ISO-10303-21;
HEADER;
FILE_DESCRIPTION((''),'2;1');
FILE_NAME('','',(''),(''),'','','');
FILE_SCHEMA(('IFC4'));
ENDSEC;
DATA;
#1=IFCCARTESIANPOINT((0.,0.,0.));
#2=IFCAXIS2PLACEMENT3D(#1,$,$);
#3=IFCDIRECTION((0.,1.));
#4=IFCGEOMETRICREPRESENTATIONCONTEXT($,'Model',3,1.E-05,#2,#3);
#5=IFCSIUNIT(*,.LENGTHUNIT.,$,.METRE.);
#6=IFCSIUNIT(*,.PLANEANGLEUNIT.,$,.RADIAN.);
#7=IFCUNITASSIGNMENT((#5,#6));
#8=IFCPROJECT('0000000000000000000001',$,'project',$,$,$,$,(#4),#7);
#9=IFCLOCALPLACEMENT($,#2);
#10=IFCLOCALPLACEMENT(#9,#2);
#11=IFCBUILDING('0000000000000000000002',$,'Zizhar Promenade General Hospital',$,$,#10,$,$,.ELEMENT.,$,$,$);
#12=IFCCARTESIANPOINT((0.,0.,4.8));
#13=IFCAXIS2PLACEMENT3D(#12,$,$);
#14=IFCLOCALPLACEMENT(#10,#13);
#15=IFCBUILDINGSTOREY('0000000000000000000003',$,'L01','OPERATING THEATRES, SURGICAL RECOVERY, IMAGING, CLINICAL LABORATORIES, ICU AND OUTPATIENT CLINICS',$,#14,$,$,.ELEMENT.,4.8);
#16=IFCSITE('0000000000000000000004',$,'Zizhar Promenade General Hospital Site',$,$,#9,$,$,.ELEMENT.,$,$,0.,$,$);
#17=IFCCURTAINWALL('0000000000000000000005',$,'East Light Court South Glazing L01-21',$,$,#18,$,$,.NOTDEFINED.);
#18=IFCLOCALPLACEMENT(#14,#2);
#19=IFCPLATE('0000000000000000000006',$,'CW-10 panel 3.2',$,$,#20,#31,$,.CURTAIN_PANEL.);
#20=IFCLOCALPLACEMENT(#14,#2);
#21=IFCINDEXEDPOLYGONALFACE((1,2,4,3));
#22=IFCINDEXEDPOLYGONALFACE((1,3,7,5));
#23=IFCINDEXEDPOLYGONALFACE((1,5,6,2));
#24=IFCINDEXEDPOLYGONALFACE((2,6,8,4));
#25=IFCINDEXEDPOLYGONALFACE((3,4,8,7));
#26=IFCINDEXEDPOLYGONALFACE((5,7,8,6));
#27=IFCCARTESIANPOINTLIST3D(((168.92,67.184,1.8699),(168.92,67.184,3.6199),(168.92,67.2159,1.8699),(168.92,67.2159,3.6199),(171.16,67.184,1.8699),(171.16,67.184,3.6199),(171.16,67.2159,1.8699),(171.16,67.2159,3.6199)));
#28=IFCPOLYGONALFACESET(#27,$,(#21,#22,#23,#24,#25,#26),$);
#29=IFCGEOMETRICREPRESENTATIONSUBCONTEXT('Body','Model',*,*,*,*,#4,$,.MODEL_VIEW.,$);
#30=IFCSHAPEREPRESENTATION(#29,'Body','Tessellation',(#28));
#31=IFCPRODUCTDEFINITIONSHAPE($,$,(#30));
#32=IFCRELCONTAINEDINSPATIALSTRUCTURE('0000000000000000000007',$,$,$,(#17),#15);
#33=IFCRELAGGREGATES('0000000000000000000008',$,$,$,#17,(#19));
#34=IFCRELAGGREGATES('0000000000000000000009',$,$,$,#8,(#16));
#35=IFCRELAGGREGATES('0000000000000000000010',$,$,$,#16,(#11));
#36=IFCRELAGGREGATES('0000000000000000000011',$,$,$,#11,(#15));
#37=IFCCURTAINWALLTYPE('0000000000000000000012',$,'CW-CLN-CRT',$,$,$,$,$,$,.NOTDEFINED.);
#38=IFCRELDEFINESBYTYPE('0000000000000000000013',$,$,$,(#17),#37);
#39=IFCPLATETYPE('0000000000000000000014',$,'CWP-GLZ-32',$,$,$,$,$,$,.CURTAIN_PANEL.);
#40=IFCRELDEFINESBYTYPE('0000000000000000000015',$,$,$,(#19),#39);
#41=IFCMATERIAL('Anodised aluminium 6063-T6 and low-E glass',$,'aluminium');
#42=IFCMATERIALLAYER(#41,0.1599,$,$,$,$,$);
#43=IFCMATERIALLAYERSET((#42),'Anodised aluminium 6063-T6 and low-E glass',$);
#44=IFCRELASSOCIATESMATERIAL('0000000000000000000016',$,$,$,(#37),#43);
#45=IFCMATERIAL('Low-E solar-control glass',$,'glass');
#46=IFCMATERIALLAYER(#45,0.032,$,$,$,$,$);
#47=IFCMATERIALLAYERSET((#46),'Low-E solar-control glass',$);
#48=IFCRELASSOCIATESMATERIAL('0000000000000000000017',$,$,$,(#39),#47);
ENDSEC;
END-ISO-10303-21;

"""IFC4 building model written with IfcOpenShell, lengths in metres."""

from ifc_helpers import new_model, si_unit, direction, frame, origin, origin_2d, place, context, subcontext, project, spatial, rectangle, extrude, material, layer, layer_set, type_object, element, aggregate, save


model = new_model("IFC4")

# Units and contexts
model_context = context("Model", 3, precision=1e-05, world=origin(), true_north=direction((0.0, 1.0)))
body_context = subcontext(model_context, "Body", "Model", "MODEL_VIEW")
ifc_project = project(units=[si_unit("LENGTHUNIT", "METRE"), si_unit("PLANEANGLEUNIT", "RADIAN")], contexts=[model_context])

# Site, building, storey
site_placement = place(None, origin())
site = spatial("IfcSite", under=ifc_project, at=site_placement, Name="Zizhar Promenade General Hospital Site", CompositionType="ELEMENT", RefElevation=0.0)
building_placement = place(site_placement, origin())
building = spatial("IfcBuilding", under=site, at=building_placement, Name="Zizhar Promenade General Hospital", CompositionType="ELEMENT")
storey_placement = place(building_placement, frame((0.0, 0.0, 4.8)))
storey = spatial("IfcBuildingStorey", under=building, at=storey_placement, Name="L01", Description="OPERATING THEATRES, SURGICAL RECOVERY, IMAGING, CLINICAL LABORATORIES, ICU AND OUTPATIENT CLINICS", CompositionType="ELEMENT", Elevation=4.8)

# Curtain wall
ifc_material_1 = material(Name="Anodised aluminium 6063-T6 and low-E glass", Category="aluminium")
ifc_layer_1 = layer(ifc_material_1, 0.1599)
ifc_layer_set_1 = layer_set([ifc_layer_1], Name="Anodised aluminium 6063-T6 and low-E glass")
curtain_wall_type = type_object("IfcCurtainWallType", Name="CW-CLN-CRT", PredefinedType="NOTDEFINED", material=ifc_layer_set_1)
curtain_wall_1_placement = place(storey_placement, origin())
curtain_wall_1 = element("IfcCurtainWall", 1, at=curtain_wall_1_placement, inside=storey, type_object=curtain_wall_type, Name="East Light Court South Glazing L01-21", PredefinedType="NOTDEFINED")

# Plate
ifc_material_2 = material(Name="Low-E solar-control glass", Category="glass")
ifc_layer_2 = layer(ifc_material_2, 0.032)
ifc_layer_set_2 = layer_set([ifc_layer_2], Name="Low-E solar-control glass")
plate_type = type_object("IfcPlateType", Name="CWP-GLZ-32", PredefinedType="CURTAIN_PANEL", material=ifc_layer_set_2)
plate_1_placement = place(storey_placement, frame((170.04, 67.2, 1.8699), z_axis=(0.0, 0.0, 1.0), x_axis=(1.0, 0.0, 0.0)))
plate_1 = element("IfcPlate", 2, at=plate_1_placement, type_object=plate_type, Name="CW-10 panel 3.2", PredefinedType="CURTAIN_PANEL", context=body_context, shape_type="SweptSolid", body=[
    extrude(rectangle(XDim=2.24, YDim=0.032, at=origin_2d()), origin(), (0.0, 0.0, 1.0), 1.75),
])
aggregate(curtain_wall_1, [plate_1])

save(model, "model.ifc")
